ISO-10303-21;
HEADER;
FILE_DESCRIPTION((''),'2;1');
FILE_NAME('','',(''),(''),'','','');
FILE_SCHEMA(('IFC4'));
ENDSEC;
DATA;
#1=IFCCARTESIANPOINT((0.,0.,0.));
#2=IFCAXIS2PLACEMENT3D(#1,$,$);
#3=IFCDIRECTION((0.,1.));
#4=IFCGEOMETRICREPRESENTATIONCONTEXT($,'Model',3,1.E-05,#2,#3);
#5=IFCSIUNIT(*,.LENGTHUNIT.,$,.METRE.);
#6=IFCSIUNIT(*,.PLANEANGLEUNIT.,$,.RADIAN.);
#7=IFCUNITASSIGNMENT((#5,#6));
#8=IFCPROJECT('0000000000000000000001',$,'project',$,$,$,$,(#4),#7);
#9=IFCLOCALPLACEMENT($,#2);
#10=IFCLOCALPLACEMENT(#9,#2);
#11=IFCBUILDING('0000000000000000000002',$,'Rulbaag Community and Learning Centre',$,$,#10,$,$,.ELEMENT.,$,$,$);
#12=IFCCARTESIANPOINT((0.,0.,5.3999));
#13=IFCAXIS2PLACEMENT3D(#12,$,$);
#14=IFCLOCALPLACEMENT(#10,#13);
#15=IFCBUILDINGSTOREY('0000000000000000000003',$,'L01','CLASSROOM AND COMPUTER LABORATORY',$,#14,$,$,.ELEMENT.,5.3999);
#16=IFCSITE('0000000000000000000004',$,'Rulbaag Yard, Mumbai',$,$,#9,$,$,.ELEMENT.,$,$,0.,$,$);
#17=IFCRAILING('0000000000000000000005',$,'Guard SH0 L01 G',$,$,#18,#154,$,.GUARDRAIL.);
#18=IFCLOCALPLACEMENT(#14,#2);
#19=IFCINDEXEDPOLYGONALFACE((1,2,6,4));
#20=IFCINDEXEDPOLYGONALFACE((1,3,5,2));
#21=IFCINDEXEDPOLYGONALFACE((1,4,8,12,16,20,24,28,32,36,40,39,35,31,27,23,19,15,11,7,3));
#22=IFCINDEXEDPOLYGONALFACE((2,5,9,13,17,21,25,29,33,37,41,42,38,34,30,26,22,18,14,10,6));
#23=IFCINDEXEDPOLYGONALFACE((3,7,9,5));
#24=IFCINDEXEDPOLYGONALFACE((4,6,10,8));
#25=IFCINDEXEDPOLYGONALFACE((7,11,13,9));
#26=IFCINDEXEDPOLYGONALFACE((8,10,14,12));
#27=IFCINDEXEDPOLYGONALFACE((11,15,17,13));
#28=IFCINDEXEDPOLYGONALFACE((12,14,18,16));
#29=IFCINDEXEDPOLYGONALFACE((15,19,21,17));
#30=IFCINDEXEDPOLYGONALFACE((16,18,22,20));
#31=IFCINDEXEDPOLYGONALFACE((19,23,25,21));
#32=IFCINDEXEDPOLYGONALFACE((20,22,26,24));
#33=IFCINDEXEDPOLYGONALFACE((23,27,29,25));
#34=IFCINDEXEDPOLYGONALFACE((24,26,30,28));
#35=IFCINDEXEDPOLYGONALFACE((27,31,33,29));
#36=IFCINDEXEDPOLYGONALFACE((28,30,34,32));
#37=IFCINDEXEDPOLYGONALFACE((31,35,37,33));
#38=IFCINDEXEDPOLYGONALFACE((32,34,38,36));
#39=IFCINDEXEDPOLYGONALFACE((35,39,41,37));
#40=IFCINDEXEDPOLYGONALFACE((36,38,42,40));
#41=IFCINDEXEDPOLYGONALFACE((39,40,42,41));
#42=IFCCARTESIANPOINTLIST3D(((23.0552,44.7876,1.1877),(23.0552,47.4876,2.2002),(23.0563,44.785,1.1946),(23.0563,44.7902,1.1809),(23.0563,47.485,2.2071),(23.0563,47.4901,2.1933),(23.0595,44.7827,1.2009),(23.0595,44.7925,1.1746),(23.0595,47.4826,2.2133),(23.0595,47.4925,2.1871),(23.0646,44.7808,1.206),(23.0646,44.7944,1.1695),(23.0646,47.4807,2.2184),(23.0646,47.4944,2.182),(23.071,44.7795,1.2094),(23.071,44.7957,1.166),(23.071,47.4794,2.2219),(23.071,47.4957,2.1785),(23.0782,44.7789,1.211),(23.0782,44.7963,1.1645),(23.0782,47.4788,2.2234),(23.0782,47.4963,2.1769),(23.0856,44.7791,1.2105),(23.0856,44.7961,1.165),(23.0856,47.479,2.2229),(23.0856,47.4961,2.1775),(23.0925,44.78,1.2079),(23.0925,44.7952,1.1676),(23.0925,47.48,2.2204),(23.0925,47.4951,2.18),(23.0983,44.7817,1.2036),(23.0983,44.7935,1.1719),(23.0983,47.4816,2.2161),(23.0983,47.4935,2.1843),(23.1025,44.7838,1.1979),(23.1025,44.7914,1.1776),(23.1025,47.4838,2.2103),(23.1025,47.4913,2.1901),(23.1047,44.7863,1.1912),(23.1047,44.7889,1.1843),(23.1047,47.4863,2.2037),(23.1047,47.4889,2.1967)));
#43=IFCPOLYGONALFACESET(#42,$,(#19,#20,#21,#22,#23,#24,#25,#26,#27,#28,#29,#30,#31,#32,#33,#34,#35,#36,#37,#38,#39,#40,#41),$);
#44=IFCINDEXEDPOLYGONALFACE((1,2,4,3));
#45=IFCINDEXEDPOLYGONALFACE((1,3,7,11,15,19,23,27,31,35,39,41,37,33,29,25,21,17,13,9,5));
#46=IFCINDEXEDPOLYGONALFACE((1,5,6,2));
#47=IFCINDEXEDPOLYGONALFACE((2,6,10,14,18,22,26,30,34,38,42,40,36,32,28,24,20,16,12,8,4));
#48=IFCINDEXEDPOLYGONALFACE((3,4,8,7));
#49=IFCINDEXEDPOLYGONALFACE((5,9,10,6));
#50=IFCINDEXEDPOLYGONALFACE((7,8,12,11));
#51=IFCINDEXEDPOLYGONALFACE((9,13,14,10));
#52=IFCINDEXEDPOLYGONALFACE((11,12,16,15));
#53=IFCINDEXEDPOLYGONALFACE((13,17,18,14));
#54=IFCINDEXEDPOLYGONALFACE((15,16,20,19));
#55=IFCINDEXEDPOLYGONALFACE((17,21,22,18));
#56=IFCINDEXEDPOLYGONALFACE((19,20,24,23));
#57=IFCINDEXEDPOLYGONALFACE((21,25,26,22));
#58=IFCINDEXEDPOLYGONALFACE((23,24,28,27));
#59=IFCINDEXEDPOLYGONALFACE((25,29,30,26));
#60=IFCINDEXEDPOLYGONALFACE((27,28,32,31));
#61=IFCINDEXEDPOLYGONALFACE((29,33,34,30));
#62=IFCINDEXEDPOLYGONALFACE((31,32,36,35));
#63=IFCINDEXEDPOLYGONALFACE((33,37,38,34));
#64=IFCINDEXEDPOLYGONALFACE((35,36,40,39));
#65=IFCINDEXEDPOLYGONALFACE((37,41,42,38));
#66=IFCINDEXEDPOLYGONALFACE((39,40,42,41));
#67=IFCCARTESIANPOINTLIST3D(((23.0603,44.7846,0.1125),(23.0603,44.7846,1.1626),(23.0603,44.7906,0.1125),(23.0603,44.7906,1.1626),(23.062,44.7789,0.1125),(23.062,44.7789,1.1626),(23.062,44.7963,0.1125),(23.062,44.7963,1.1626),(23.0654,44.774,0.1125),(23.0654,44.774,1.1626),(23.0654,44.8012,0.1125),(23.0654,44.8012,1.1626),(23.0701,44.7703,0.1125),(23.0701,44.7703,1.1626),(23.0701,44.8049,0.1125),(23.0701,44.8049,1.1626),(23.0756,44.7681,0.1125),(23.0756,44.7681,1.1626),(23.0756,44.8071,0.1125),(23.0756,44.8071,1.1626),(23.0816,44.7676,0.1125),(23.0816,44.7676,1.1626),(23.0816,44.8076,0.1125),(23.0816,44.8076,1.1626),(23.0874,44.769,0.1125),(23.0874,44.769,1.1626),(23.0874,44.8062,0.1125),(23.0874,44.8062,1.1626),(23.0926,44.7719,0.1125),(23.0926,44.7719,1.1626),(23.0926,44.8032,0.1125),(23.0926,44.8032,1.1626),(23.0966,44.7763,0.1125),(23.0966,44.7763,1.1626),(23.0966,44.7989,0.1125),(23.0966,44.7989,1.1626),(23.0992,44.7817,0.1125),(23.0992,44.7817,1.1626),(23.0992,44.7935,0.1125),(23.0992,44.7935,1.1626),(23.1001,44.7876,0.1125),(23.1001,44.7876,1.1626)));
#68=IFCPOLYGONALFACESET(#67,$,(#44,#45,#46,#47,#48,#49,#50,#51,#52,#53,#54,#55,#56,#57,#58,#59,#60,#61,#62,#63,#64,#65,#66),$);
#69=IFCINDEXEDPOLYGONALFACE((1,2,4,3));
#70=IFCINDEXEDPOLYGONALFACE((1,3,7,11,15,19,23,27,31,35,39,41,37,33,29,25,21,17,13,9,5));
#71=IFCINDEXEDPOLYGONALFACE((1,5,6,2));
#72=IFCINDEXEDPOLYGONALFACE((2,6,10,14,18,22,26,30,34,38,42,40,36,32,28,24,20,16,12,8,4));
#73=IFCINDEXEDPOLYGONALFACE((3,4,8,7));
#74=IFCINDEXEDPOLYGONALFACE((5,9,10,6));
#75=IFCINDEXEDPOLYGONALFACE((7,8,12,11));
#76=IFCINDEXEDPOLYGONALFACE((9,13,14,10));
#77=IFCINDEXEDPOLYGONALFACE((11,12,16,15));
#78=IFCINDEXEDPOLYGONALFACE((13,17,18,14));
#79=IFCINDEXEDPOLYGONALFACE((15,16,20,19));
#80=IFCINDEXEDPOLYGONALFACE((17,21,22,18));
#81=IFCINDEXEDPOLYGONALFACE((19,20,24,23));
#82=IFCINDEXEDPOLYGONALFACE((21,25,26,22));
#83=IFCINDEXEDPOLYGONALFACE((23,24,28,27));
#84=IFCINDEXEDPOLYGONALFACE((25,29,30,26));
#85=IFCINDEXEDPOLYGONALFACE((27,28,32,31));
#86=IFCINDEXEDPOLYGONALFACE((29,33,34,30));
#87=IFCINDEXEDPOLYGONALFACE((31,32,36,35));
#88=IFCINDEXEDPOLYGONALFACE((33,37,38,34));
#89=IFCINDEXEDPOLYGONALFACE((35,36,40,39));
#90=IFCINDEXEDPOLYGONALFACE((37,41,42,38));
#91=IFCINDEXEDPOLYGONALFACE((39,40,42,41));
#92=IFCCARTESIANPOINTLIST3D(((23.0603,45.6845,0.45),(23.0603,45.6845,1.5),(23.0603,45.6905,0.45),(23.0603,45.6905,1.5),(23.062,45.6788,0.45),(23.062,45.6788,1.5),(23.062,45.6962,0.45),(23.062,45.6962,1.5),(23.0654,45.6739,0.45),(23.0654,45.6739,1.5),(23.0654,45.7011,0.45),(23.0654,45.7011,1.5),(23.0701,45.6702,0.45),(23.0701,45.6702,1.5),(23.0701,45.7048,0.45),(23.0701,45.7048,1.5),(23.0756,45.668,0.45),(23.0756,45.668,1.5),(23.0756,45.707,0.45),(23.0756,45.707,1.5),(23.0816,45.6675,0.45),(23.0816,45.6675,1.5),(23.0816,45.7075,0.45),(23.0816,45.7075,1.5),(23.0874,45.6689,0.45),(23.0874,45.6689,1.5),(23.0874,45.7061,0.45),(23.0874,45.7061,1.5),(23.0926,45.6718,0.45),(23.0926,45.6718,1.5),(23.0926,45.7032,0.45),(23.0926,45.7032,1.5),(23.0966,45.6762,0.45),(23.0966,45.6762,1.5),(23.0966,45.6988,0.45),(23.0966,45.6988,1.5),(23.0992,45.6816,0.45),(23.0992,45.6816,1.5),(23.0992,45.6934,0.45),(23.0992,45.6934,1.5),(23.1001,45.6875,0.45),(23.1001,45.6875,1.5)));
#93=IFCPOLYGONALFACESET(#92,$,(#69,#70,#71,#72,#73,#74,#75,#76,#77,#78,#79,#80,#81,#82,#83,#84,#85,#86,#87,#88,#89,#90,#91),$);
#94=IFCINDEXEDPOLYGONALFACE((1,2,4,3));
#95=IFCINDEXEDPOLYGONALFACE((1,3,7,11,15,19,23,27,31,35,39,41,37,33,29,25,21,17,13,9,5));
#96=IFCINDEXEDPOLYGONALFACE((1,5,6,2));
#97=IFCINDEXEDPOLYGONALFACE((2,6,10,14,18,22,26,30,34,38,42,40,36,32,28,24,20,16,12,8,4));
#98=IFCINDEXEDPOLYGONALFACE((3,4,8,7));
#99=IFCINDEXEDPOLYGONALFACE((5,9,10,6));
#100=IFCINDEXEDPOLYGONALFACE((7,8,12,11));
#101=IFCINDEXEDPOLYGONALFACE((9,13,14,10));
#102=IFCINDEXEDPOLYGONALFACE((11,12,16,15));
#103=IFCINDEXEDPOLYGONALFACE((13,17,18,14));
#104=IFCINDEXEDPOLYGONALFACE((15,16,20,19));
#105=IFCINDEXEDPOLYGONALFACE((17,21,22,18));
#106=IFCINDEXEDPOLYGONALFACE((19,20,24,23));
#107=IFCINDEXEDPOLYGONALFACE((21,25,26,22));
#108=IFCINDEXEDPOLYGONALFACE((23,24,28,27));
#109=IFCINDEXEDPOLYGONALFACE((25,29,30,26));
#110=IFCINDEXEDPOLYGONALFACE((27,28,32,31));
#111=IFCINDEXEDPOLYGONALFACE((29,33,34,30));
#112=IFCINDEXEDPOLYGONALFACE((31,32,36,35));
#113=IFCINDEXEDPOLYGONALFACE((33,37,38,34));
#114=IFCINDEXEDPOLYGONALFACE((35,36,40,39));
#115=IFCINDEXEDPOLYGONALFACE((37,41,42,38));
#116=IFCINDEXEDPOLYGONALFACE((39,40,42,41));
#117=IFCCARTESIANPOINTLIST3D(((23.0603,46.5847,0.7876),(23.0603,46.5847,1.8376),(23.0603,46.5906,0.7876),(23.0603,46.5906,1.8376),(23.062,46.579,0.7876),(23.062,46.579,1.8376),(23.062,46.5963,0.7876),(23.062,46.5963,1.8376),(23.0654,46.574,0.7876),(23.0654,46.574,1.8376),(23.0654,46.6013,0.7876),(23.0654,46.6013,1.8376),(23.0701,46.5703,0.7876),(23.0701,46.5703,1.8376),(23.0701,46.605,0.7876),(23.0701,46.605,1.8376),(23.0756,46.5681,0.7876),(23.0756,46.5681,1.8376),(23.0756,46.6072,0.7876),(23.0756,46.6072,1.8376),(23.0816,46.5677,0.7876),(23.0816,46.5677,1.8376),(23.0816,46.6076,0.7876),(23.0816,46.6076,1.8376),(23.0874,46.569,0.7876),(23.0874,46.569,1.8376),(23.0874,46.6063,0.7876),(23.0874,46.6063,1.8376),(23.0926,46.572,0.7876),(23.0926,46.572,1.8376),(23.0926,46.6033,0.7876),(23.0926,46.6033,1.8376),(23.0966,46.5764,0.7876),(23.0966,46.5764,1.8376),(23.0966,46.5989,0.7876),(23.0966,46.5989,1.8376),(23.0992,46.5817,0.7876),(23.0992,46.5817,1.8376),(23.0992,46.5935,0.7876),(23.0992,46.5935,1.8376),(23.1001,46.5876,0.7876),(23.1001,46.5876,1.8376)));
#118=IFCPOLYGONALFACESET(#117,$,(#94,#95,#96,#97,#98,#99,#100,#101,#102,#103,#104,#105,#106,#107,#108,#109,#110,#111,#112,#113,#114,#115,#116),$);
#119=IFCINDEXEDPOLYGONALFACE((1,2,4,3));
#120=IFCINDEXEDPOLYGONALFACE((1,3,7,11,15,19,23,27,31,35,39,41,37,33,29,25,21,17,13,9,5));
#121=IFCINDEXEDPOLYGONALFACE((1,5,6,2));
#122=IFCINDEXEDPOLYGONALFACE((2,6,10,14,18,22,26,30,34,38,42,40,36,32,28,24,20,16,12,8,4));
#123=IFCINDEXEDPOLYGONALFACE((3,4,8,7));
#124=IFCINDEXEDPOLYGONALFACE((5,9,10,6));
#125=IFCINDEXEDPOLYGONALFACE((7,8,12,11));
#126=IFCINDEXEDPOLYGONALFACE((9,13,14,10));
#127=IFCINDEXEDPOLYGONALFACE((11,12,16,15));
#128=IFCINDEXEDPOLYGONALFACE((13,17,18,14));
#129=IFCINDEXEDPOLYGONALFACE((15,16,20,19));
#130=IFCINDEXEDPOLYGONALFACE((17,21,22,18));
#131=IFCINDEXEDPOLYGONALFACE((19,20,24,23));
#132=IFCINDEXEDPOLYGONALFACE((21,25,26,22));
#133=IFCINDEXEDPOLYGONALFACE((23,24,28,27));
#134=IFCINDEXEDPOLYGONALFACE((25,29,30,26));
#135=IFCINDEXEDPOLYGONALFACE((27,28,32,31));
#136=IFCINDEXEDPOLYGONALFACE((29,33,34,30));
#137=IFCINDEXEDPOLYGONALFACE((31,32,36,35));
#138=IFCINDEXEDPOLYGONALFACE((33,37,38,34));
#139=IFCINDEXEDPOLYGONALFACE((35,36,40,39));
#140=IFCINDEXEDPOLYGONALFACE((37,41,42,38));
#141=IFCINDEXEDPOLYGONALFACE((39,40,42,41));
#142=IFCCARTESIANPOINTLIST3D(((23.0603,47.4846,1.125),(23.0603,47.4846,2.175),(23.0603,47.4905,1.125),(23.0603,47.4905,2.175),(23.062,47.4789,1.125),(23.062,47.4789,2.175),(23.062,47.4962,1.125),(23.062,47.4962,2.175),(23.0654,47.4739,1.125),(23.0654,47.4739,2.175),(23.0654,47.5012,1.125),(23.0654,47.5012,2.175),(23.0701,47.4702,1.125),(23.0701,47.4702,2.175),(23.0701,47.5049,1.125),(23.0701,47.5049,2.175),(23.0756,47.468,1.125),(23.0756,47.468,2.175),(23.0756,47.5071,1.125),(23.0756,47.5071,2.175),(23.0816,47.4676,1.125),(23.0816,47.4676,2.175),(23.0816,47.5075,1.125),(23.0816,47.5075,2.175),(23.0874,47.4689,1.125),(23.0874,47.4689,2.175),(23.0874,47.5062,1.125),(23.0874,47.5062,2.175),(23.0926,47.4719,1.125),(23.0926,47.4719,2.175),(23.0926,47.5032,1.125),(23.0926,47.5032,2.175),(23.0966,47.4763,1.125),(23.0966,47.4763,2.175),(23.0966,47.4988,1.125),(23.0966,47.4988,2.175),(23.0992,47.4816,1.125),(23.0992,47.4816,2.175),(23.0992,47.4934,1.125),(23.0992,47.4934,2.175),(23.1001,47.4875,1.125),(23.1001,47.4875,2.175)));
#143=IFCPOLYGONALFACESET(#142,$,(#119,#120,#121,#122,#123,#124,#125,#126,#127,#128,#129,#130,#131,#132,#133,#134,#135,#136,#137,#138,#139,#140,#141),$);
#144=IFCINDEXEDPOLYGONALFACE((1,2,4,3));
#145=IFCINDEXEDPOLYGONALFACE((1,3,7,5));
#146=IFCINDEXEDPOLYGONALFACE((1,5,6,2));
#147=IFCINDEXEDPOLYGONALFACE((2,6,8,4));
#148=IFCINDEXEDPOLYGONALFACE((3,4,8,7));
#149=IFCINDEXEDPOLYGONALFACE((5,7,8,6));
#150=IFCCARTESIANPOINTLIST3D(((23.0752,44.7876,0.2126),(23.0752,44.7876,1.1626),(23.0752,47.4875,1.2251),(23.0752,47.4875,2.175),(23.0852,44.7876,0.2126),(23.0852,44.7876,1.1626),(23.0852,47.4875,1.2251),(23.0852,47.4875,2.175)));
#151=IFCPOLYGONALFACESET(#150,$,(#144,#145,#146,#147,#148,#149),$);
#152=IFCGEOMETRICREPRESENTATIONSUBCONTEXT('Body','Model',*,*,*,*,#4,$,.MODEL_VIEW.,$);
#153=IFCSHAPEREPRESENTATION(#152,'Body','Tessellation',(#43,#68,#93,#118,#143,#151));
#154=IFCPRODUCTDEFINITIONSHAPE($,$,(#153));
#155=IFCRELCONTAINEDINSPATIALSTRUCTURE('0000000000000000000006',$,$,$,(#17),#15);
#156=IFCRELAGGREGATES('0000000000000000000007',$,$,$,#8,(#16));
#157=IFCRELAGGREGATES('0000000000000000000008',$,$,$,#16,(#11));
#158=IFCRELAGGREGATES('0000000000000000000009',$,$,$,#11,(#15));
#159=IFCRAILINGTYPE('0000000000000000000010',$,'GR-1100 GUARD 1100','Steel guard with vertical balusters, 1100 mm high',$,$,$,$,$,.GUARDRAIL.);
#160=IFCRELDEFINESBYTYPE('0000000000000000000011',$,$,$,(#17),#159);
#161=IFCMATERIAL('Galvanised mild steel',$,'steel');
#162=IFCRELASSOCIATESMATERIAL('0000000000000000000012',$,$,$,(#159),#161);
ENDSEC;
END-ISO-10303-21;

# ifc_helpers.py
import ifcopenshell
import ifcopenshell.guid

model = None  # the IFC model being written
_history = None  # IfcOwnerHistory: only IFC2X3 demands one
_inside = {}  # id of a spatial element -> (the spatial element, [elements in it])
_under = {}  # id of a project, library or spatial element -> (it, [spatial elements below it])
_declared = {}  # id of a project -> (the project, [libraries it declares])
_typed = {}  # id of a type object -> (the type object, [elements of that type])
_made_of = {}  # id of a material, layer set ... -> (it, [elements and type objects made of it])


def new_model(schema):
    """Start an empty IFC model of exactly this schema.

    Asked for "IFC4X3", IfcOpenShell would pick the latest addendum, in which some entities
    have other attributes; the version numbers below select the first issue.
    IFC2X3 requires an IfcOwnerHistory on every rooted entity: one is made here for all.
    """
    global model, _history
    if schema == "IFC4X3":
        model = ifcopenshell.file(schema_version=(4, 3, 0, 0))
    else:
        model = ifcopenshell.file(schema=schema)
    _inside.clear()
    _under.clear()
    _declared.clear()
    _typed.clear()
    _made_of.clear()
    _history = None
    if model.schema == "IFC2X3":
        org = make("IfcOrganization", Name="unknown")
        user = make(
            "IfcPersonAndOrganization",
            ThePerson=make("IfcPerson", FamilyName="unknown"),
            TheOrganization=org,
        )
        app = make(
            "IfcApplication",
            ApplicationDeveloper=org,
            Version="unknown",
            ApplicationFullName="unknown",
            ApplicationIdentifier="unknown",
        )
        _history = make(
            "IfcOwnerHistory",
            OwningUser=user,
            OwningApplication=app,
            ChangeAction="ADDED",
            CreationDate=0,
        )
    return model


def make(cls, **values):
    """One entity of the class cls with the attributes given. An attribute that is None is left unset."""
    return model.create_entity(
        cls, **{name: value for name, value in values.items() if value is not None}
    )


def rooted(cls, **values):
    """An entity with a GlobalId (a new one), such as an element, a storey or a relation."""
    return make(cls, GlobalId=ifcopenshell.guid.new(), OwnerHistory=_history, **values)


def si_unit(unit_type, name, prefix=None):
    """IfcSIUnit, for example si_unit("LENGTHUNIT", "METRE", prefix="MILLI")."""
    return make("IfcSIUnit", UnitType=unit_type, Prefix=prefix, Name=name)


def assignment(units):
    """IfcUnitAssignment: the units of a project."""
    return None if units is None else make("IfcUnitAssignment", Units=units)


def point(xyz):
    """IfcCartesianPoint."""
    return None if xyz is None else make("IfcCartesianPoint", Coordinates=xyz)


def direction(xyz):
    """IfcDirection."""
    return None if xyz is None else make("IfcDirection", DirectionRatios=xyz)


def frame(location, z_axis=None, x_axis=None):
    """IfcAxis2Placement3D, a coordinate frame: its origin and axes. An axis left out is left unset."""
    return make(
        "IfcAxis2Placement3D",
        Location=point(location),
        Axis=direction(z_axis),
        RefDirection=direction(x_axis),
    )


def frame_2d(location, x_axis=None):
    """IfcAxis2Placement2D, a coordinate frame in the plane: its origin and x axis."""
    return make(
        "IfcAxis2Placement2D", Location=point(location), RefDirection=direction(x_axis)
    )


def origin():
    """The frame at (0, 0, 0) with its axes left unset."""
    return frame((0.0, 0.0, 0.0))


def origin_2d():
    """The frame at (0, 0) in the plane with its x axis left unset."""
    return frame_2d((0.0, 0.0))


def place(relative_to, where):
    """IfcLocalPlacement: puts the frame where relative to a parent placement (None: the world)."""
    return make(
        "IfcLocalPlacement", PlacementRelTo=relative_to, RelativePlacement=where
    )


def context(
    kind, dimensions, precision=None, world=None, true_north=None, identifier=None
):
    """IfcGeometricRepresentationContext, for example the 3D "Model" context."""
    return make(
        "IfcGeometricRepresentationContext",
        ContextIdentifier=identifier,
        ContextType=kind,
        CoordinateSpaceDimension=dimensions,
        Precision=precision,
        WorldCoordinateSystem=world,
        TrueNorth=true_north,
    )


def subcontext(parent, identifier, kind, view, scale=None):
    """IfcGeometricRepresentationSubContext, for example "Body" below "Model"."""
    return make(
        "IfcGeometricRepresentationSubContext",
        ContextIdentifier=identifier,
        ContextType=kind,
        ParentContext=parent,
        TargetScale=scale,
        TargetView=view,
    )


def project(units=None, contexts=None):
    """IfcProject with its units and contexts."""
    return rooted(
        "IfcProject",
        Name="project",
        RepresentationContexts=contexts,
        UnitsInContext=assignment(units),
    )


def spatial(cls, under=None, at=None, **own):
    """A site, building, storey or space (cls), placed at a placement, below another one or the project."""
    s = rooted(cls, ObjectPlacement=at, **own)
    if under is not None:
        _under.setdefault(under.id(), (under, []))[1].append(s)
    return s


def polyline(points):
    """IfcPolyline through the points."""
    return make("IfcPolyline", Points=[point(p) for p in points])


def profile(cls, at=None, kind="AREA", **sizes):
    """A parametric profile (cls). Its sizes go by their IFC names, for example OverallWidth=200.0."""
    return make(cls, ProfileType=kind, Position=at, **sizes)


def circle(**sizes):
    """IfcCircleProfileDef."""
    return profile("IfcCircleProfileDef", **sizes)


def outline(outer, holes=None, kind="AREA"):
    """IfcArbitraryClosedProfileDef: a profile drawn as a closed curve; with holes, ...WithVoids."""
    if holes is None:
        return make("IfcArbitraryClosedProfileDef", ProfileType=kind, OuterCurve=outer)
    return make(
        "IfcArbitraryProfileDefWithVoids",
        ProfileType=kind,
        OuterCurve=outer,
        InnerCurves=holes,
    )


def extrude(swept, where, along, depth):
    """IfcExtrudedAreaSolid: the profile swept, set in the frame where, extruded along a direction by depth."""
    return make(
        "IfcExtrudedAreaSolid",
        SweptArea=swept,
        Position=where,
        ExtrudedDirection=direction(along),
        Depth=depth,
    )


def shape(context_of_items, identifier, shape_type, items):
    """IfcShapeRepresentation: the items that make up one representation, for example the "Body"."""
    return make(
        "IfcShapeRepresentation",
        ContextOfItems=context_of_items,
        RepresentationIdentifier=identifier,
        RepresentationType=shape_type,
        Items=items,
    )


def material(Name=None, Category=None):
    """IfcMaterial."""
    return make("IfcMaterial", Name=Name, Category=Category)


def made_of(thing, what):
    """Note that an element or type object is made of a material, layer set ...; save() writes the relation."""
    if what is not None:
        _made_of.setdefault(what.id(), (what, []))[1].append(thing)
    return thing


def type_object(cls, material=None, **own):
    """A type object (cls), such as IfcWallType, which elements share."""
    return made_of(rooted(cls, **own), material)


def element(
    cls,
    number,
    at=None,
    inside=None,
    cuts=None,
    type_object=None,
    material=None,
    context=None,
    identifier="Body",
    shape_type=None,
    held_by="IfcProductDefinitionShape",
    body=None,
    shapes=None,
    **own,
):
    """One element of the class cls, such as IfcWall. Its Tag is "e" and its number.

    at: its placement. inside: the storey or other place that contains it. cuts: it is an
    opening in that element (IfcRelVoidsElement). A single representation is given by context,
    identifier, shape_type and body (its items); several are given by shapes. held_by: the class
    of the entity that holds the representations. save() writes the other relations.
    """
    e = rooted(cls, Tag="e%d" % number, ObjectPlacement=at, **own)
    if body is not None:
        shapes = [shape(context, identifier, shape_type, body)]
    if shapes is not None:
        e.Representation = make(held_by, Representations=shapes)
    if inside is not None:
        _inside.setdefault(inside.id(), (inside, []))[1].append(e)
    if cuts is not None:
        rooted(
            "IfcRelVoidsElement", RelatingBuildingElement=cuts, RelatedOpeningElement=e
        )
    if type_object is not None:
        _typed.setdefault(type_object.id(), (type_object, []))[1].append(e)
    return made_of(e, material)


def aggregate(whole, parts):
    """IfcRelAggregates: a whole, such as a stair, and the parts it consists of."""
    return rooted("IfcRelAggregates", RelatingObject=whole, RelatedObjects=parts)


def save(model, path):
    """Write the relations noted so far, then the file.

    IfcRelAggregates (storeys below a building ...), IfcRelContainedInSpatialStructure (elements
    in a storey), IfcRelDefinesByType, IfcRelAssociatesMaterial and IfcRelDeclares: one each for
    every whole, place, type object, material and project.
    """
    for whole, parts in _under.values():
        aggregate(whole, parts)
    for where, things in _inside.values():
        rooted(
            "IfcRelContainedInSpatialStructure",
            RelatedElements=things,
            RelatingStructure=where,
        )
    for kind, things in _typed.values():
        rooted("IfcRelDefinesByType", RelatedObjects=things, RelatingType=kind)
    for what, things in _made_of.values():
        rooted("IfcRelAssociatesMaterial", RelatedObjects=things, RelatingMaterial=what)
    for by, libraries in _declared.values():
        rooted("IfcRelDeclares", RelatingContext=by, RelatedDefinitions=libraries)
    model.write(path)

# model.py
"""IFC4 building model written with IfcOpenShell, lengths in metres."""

from ifc_helpers import new_model, si_unit, direction, frame, origin, origin_2d, place, context, subcontext, project, spatial, polyline, circle, outline, extrude, material, type_object, element, save


model = new_model("IFC4")

# Units and contexts
model_context = context("Model", 3, precision=1e-05, world=origin(), true_north=direction((0.0, 1.0)))
body_context = subcontext(model_context, "Body", "Model", "MODEL_VIEW")
ifc_project = project(units=[si_unit("LENGTHUNIT", "METRE"), si_unit("PLANEANGLEUNIT", "RADIAN")], contexts=[model_context])

# Site, building, storey
site_placement = place(None, origin())
site = spatial("IfcSite", under=ifc_project, at=site_placement, Name="Rulbaag Yard, Mumbai", CompositionType="ELEMENT", RefElevation=0.0)
building_placement = place(site_placement, origin())
building = spatial("IfcBuilding", under=site, at=building_placement, Name="Rulbaag Community and Learning Centre", CompositionType="ELEMENT")
storey_placement = place(building_placement, frame((0.0, 0.0, 5.3999)))
storey = spatial("IfcBuildingStorey", under=building, at=storey_placement, Name="L01", Description="CLASSROOM AND COMPUTER LABORATORY", CompositionType="ELEMENT", Elevation=5.3999)

# Railing
ifc_material_1 = material(Name="Galvanised mild steel", Category="steel")
railing_type_1 = type_object("IfcRailingType", Name="GR-1100 GUARD 1100", Description="Steel guard with vertical balusters, 1100 mm high", PredefinedType="GUARDRAIL", material=ifc_material_1)
railing_1_placement = place(storey_placement, frame((23.0801, 44.7876, 0.1125)))
element("IfcRailing", 1, at=railing_1_placement, inside=storey, type_object=railing_type_1, Name="Guard SH0 L01 G", PredefinedType="GUARDRAIL", context=body_context, shape_type="SweptSolid", body=[
    extrude(circle(Radius=0.0249, at=origin_2d()), frame((0.0, 0.0, 1.0752), z_axis=(0.0, 0.936333, 0.351114), x_axis=(-1.0, 0.0, 0.0)), (0.0, 0.0, 1.0), 2.8835),
    extrude(circle(Radius=0.02, at=origin_2d()), origin(), (0.0, 0.0, 1.0), 1.05),
    extrude(circle(Radius=0.02, at=origin_2d()), frame((0.0, 0.8999, 0.3374)), (0.0, 0.0, 1.0), 1.05),
    extrude(circle(Radius=0.02, at=origin_2d()), frame((0.0, 1.8, 0.675)), (0.0, 0.0, 1.0), 1.05),
    extrude(circle(Radius=0.02, at=origin_2d()), frame((0.0, 2.7, 1.0125)), (0.0, 0.0, 1.0), 1.05),
    extrude(outline(polyline([(0.0, 0.0), (2.7, 1.0125), (2.7, 1.9624), (0.0, 0.95), (0.0, 0.0)])), frame((-0.0049, 0.0, 0.1001), z_axis=(1.0, 0.0, 0.0), x_axis=(0.0, 1.0, 0.0)), (0.0, 0.0, 1.0), 0.01),
])

save(model, "model.ifc")
